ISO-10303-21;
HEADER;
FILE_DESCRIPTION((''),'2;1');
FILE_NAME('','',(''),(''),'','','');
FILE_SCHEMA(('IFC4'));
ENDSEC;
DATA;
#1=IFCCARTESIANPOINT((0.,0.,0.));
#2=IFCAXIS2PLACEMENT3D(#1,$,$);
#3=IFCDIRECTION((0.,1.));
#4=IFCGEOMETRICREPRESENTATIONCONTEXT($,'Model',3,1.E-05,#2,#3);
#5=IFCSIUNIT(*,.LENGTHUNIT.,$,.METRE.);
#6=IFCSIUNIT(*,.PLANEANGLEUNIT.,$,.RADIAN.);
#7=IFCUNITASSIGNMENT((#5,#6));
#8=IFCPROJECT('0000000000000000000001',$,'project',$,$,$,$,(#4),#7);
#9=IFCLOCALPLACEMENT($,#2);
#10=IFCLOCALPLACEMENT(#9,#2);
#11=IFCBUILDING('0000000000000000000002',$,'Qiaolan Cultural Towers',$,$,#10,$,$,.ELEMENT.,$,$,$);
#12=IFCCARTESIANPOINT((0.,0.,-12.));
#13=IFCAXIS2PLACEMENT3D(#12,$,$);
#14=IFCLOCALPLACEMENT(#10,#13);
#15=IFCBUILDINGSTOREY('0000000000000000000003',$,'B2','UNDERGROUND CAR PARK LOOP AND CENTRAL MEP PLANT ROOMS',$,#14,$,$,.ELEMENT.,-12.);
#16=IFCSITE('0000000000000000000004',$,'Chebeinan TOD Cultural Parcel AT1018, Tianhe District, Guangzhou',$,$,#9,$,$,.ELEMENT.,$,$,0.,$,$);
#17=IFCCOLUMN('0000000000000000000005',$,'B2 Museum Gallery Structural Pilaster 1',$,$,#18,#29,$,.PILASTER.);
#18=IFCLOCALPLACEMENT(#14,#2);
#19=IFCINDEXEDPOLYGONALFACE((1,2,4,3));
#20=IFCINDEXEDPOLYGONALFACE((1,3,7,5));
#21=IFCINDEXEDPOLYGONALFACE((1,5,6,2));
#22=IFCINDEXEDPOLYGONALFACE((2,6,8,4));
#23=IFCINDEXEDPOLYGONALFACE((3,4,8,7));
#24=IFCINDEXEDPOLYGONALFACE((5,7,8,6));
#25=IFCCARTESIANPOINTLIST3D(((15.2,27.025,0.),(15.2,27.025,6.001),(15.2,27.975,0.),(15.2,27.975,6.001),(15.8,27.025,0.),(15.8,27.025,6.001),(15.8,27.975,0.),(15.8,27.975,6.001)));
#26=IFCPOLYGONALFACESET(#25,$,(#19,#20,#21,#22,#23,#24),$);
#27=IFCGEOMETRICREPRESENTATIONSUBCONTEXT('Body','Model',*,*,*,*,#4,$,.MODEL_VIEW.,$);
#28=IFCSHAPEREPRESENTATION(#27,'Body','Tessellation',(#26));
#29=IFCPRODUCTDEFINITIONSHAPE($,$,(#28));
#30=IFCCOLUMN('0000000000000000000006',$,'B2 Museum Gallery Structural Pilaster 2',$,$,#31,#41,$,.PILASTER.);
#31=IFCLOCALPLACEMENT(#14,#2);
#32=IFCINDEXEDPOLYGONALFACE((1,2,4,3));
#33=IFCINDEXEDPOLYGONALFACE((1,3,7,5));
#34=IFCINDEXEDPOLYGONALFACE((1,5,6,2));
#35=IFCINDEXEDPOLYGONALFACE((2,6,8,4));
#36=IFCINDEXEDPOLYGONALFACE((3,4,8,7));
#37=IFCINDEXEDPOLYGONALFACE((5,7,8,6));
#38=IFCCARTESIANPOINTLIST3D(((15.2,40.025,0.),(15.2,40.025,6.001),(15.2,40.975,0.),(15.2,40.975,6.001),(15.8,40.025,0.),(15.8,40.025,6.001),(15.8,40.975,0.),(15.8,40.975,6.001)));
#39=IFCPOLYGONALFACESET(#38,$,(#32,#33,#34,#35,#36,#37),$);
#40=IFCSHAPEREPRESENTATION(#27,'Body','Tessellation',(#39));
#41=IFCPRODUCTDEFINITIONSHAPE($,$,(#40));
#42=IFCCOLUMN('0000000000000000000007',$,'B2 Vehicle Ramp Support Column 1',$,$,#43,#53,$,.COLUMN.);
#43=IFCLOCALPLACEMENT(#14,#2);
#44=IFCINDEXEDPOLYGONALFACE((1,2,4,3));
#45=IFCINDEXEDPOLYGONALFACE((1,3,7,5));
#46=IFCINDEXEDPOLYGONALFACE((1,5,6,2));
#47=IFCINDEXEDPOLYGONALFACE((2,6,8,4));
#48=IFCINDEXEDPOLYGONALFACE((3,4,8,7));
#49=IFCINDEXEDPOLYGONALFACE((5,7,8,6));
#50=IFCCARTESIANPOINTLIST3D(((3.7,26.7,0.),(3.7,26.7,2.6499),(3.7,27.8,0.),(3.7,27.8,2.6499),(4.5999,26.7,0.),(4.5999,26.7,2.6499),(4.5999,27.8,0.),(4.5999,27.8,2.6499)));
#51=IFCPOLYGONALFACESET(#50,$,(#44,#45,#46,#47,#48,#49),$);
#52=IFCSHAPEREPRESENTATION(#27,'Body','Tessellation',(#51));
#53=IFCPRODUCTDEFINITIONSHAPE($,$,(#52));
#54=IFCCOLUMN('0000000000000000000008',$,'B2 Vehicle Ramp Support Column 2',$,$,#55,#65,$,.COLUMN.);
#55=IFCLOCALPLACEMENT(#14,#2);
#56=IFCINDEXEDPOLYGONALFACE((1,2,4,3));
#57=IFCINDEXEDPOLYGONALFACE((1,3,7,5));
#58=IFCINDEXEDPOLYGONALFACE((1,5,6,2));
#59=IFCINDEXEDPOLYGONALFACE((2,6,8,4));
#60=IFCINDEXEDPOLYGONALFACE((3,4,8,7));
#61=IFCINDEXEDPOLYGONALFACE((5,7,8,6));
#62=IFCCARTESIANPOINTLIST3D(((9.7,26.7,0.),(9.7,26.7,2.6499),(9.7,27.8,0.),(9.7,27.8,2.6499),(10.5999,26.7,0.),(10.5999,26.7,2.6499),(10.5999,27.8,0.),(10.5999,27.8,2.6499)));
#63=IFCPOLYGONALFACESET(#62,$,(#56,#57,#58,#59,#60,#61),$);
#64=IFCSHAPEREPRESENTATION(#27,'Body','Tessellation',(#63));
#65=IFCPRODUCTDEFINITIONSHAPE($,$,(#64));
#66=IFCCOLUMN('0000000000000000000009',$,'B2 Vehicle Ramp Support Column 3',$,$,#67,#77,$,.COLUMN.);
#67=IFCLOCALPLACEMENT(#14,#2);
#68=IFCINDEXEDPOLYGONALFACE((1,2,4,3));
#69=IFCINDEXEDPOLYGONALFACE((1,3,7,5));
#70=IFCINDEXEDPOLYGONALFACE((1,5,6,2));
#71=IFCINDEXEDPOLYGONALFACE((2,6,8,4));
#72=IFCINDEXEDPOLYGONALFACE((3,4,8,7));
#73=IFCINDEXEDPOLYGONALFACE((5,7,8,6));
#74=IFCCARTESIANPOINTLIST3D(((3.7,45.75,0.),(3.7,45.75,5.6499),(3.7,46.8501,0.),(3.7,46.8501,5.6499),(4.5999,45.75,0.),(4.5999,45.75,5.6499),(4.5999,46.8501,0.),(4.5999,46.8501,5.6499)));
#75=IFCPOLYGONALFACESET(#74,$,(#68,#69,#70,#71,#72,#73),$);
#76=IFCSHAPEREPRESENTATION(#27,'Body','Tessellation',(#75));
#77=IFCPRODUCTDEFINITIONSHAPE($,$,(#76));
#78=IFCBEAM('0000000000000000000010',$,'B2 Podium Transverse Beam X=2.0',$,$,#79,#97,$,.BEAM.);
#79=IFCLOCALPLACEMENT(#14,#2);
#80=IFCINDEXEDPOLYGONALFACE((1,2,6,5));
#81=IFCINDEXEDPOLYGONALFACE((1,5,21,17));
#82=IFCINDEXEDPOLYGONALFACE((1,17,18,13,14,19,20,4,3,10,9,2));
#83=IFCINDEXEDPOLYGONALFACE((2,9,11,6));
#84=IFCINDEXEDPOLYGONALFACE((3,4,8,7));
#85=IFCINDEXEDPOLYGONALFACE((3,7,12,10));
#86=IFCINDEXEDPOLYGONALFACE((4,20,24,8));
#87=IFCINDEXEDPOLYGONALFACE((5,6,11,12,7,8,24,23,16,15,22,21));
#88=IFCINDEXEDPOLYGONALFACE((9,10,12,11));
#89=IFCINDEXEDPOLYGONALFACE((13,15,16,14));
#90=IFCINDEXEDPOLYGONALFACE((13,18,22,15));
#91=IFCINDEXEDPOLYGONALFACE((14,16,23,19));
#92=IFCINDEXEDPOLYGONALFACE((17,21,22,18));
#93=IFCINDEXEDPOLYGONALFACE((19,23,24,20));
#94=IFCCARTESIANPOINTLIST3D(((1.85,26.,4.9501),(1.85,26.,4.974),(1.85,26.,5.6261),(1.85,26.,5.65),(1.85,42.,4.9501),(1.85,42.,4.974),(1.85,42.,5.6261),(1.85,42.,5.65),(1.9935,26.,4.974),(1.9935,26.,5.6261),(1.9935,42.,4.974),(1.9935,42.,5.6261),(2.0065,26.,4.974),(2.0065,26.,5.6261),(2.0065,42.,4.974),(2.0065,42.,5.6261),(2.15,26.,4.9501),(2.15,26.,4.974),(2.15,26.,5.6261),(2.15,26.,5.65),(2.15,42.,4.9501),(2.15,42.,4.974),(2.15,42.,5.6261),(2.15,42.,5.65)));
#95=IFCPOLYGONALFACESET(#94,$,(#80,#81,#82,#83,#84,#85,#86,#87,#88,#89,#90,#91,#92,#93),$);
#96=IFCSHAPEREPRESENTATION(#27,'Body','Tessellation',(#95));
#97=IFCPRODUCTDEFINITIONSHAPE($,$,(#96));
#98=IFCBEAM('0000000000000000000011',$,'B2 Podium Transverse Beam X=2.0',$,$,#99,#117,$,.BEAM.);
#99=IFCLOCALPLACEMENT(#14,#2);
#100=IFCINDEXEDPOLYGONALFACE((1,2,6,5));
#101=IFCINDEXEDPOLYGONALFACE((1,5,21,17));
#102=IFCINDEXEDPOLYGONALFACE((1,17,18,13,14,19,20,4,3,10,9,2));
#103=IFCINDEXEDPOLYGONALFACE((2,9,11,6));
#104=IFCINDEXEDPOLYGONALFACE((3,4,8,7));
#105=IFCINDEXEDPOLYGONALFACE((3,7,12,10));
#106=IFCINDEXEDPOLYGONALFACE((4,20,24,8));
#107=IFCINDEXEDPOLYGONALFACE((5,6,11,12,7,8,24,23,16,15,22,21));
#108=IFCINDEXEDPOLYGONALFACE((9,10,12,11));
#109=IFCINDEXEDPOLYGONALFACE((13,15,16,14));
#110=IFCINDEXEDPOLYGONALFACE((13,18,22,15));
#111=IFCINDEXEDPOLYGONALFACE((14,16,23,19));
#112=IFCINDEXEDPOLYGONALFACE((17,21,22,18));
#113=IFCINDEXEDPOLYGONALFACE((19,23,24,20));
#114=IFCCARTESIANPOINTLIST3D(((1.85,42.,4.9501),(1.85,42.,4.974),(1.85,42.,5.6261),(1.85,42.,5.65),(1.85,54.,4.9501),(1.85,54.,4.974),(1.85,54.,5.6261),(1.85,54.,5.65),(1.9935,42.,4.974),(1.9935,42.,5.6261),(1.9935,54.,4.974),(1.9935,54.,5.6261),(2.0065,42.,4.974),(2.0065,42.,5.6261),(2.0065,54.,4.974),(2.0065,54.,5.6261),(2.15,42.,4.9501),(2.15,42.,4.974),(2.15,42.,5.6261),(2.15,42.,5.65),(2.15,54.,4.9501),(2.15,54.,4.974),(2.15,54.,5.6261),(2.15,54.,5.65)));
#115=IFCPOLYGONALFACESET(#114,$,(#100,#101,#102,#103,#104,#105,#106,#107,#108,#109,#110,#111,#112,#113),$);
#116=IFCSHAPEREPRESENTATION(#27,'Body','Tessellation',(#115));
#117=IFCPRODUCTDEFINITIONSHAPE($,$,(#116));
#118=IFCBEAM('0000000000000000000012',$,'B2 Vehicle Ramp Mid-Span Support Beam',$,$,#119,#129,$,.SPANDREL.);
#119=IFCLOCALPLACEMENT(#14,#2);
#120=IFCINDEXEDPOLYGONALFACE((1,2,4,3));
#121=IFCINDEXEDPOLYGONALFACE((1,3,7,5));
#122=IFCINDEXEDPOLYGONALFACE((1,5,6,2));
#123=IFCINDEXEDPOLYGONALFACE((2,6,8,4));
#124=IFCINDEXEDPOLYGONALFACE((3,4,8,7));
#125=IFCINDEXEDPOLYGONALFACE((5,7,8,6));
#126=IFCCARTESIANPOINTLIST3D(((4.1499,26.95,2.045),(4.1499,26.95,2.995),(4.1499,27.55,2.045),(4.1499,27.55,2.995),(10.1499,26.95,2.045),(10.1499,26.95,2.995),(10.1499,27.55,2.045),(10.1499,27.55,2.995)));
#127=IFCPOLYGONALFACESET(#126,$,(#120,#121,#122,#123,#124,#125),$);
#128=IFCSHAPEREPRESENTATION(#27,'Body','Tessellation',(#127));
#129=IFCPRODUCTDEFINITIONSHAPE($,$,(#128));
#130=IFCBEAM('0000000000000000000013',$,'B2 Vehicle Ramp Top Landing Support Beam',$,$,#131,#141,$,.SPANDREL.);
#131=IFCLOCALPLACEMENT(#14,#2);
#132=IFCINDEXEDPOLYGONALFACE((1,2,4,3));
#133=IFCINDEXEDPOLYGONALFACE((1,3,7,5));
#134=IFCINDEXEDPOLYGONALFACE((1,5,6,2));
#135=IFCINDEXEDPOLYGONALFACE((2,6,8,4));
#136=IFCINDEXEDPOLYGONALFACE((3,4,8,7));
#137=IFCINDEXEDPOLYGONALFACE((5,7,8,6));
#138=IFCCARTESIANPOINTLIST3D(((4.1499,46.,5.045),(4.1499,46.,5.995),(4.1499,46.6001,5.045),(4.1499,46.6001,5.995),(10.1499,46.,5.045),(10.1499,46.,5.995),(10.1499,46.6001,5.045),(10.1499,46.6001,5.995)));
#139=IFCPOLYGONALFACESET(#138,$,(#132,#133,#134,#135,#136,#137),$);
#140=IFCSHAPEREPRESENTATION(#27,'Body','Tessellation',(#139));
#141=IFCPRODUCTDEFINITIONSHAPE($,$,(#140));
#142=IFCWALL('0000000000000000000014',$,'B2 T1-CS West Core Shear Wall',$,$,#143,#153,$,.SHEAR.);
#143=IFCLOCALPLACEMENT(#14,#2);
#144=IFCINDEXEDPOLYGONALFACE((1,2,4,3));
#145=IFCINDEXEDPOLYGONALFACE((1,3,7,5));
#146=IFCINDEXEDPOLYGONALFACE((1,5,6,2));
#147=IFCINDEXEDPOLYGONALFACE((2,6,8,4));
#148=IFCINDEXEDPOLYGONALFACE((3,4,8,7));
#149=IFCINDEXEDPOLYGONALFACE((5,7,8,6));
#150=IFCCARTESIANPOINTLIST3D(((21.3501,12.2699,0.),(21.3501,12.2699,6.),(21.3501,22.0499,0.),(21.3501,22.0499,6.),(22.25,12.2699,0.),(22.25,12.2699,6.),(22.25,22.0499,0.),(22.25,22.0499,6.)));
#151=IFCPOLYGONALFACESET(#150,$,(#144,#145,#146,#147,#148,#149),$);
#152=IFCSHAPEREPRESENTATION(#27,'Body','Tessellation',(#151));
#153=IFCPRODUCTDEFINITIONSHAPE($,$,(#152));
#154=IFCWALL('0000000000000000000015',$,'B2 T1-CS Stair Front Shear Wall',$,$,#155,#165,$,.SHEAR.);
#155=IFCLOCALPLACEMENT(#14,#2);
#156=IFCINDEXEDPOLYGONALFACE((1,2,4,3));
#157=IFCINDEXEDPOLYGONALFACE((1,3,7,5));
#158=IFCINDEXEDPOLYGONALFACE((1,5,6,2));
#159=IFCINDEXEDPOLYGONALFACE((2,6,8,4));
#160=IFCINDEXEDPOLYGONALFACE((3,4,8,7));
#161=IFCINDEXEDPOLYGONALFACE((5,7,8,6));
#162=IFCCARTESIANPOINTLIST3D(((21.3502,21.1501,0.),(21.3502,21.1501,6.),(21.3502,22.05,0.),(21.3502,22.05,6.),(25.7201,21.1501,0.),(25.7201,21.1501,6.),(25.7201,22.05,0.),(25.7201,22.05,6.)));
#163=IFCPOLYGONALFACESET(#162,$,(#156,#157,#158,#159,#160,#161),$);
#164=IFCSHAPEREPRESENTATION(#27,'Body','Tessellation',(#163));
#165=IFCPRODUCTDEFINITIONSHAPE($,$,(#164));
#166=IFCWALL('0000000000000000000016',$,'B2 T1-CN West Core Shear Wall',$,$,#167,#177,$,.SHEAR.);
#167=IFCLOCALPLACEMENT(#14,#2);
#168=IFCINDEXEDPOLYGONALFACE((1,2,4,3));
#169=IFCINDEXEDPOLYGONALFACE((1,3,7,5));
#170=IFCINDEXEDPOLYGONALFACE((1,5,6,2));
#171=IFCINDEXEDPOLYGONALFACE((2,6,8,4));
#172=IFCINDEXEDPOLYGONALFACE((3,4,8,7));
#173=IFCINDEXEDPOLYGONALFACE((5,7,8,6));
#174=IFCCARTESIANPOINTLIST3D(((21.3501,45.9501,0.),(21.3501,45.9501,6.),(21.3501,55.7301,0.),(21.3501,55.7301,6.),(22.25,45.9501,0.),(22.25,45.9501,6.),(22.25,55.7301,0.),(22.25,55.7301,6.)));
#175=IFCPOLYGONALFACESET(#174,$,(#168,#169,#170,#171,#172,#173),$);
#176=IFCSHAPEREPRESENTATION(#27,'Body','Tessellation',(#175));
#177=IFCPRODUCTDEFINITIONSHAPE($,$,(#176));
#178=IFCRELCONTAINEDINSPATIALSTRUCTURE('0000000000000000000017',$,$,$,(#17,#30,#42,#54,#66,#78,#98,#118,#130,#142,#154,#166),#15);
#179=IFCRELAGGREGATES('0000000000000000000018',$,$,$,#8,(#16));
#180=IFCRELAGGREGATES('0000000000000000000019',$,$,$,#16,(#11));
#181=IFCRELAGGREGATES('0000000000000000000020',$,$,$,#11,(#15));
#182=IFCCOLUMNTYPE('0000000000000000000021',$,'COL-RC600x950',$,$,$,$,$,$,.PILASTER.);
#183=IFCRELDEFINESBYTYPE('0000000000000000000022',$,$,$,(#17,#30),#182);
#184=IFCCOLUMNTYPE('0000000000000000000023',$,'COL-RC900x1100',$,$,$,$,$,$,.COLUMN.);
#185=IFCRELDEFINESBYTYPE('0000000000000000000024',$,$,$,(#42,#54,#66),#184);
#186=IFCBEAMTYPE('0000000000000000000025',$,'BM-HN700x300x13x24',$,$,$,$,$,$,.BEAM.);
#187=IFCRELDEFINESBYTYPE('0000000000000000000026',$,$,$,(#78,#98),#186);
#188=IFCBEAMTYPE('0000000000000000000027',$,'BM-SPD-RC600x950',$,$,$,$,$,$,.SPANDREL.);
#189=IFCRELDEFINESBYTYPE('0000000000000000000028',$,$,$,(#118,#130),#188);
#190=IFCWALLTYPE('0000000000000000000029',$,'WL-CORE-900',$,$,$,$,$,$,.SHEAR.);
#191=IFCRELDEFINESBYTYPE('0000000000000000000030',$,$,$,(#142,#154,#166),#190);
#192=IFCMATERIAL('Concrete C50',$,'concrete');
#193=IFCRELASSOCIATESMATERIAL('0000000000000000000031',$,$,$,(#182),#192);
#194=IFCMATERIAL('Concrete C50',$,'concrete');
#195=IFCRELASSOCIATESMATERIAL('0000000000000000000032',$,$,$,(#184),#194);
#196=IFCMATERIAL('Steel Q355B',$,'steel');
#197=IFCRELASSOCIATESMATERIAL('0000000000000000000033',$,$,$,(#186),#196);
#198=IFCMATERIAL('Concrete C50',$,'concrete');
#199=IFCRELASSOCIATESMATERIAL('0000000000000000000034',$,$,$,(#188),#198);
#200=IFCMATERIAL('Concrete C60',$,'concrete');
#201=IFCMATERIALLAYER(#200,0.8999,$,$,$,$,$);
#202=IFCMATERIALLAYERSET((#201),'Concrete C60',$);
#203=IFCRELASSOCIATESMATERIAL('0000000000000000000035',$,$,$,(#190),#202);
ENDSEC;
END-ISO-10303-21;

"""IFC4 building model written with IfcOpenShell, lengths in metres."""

from ifc_helpers import new_model, si_unit, direction, frame, frame_2d, origin, origin_2d, place, context, subcontext, project, spatial, rectangle, i_section, extrude, material, layer, layer_set, material_profile, profile_set, type_object, element, save


model = new_model("IFC4")

# Units and contexts
model_context = context("Model", 3, precision=1e-05, world=origin(), true_north=direction((0.0, 1.0)))
body_context = subcontext(model_context, "Body", "Model", "MODEL_VIEW")
ifc_project = project(units=[si_unit("LENGTHUNIT", "METRE"), si_unit("PLANEANGLEUNIT", "RADIAN")], contexts=[model_context])

# Site, building, storey
site_placement = place(None, origin())
site = spatial("IfcSite", under=ifc_project, at=site_placement, Name="Chebeinan TOD Cultural Parcel AT1018, Tianhe District, Guangzhou", CompositionType="ELEMENT", RefElevation=0.0)
building_placement = place(site_placement, origin())
building = spatial("IfcBuilding", under=site, at=building_placement, Name="Qiaolan Cultural Towers", CompositionType="ELEMENT")
storey_placement = place(building_placement, frame((0.0, 0.0, -12.0)))
storey = spatial("IfcBuildingStorey", under=building, at=storey_placement, Name="B2", Description="UNDERGROUND CAR PARK LOOP AND CENTRAL MEP PLANT ROOMS", CompositionType="ELEMENT", Elevation=-12.0)

# Columns
ifc_material_1 = material(Name="Concrete C50", Category="concrete")
ifc_material_profile_1 = material_profile(ifc_material_1, rectangle(XDim=0.6001, YDim=0.95, at=origin_2d()), Name="RC600x950")
ifc_profile_set_1 = profile_set([ifc_material_profile_1], Name="Concrete C50")
column_type_1 = type_object("IfcColumnType", Name="COL-RC600x950", PredefinedType="PILASTER", material=ifc_profile_set_1)
for number, where, z_axis, x_axis, name in (
    (1, (15.5, 27.5, 0.0), (0.0, 0.0, 1.0), (1.0, 0.0, 0.0), "B2 Museum Gallery Structural Pilaster 1"),
    (2, (15.5, 40.5, 0.0), (0.0, 0.0, 1.0), (1.0, 0.0, 0.0), "B2 Museum Gallery Structural Pilaster 2"),
):
    element("IfcColumn", number, at=place(storey_placement, frame(where, z_axis=z_axis, x_axis=x_axis)), inside=storey, type_object=column_type_1, Name=name, PredefinedType="PILASTER", context=body_context, shape_type="SweptSolid", body=[
        extrude(rectangle(XDim=0.6001, YDim=0.95, at=origin_2d()), origin(), (0.0, 0.0, 1.0), 6.001),
    ])
ifc_material_2 = material(Name="Concrete C50", Category="concrete")
ifc_material_profile_2 = material_profile(ifc_material_2, rectangle(XDim=0.8999, YDim=1.1001, at=origin_2d()), Name="RC900x1100")
ifc_profile_set_2 = profile_set([ifc_material_profile_2], Name="Concrete C50")
column_type_2 = type_object("IfcColumnType", Name="COL-RC900x1100", PredefinedType="COLUMN", material=ifc_profile_set_2)
for number, where, z_axis, x_axis, name in (
    (3, (4.1499, 27.25, 0.0), (0.0, 0.0, 1.0), (1.0, 0.0, 0.0), "B2 Vehicle Ramp Support Column 1"),
    (4, (10.1499, 27.25, 0.0), (0.0, 0.0, 1.0), (1.0, 0.0, 0.0), "B2 Vehicle Ramp Support Column 2"),
):
    element("IfcColumn", number, at=place(storey_placement, frame(where, z_axis=z_axis, x_axis=x_axis)), inside=storey, type_object=column_type_2, Name=name, PredefinedType="COLUMN", context=body_context, shape_type="SweptSolid", body=[
        extrude(rectangle(XDim=0.8999, YDim=1.1001, at=origin_2d()), origin(), (0.0, 0.0, 1.0), 2.6499),
    ])
column_placement = place(storey_placement, frame((4.1499, 46.3, 0.0), z_axis=(0.0, 0.0, 1.0), x_axis=(1.0, 0.0, 0.0)))
element("IfcColumn", 5, at=column_placement, inside=storey, type_object=column_type_2, Name="B2 Vehicle Ramp Support Column 3", PredefinedType="COLUMN", context=body_context, shape_type="SweptSolid", body=[
    extrude(rectangle(XDim=0.8999, YDim=1.1001, at=origin_2d()), origin(), (0.0, 0.0, 1.0), 5.6499),
])

# Beams
ifc_material_3 = material(Name="Steel Q355B", Category="steel")
ifc_material_profile_3 = material_profile(ifc_material_3, i_section(OverallWidth=0.3, OverallDepth=0.7, WebThickness=0.0129, FlangeThickness=0.0239, at=origin_2d()), Name="HN700x300x13x24")
ifc_profile_set_3 = profile_set([ifc_material_profile_3], Name="Steel Q355B")
beam_type_1 = type_object("IfcBeamType", Name="BM-HN700x300x13x24", PredefinedType="BEAM", material=ifc_profile_set_3)
beam_1_placement = place(storey_placement, frame((2.0, 26.0, 5.3), z_axis=(0.0, 1.0, 0.0), x_axis=(-1.0, 0.0, 0.0)))
element("IfcBeam", 6, at=beam_1_placement, inside=storey, type_object=beam_type_1, Name="B2 Podium Transverse Beam X=2.0", PredefinedType="BEAM", context=body_context, shape_type="SweptSolid", body=[
    extrude(i_section(OverallWidth=0.3, OverallDepth=0.7, WebThickness=0.0129, FlangeThickness=0.0239, at=origin_2d()), origin(), (0.0, 0.0, 1.0), 16.0),
])
beam_2_placement = place(storey_placement, frame((2.0, 42.0, 5.3), z_axis=(0.0, 1.0, 0.0), x_axis=(-1.0, 0.0, 0.0)))
element("IfcBeam", 7, at=beam_2_placement, inside=storey, type_object=beam_type_1, Name="B2 Podium Transverse Beam X=2.0", PredefinedType="BEAM", context=body_context, shape_type="SweptSolid", body=[
    extrude(i_section(OverallWidth=0.3, OverallDepth=0.7, WebThickness=0.0129, FlangeThickness=0.0239, at=origin_2d()), origin(), (0.0, 0.0, 1.0), 12.0),
])
ifc_material_4 = material(Name="Concrete C50", Category="concrete")
ifc_material_profile_4 = material_profile(ifc_material_4, rectangle(XDim=0.6001, YDim=0.95, at=origin_2d()), Name="RC600x950")
ifc_profile_set_4 = profile_set([ifc_material_profile_4], Name="Concrete C50")
beam_type_2 = type_object("IfcBeamType", Name="BM-SPD-RC600x950", PredefinedType="SPANDREL", material=ifc_profile_set_4)
for number, where, z_axis, x_axis, name in (
    (8, (4.1499, 27.25, 2.52), (1.0, 0.0, 0.0), (0.0, 1.0, 0.0), "B2 Vehicle Ramp Mid-Span Support Beam"),
    (9, (4.1499, 46.3, 5.52), (1.0, 0.0, 0.0), (0.0, 1.0, 0.0), "B2 Vehicle Ramp Top Landing Support Beam"),
):
    element("IfcBeam", number, at=place(storey_placement, frame(where, z_axis=z_axis, x_axis=x_axis)), inside=storey, type_object=beam_type_2, Name=name, PredefinedType="SPANDREL", context=body_context, shape_type="SweptSolid", body=[
        extrude(rectangle(XDim=0.6001, YDim=0.95, at=origin_2d()), origin(), (0.0, 0.0, 1.0), 6.0),
    ])

# Walls
ifc_material_5 = material(Name="Concrete C60", Category="concrete")
ifc_layer = layer(ifc_material_5, 0.8999)
ifc_layer_set = layer_set([ifc_layer], Name="Concrete C60")
wall_type = type_object("IfcWallType", Name="WL-CORE-900", PredefinedType="SHEAR", material=ifc_layer_set)
wall_1_placement = place(storey_placement, frame((21.8, 22.05, 0.0), z_axis=(0.0, 0.0, 1.0), x_axis=(0.0, -1.0, 0.0)))
element("IfcWall", 10, at=wall_1_placement, inside=storey, type_object=wall_type, Name="B2 T1-CS West Core Shear Wall", PredefinedType="SHEAR", context=body_context, shape_type="SweptSolid", body=[
    extrude(rectangle(XDim=9.78, YDim=0.8999, at=frame_2d((4.8901, 0.0))), origin(), (0.0, 0.0, 1.0), 6.0),
])
wall_2_placement = place(storey_placement, frame((21.3501, 21.6001, 0.0), z_axis=(0.0, 0.0, 1.0), x_axis=(1.0, 0.0, 0.0)))
element("IfcWall", 11, at=wall_2_placement, inside=storey, type_object=wall_type, Name="B2 T1-CS Stair Front Shear Wall", PredefinedType="SHEAR", context=body_context, shape_type="SweptSolid", body=[
    extrude(rectangle(XDim=4.3699, YDim=0.8999, at=frame_2d((2.1851, 0.0))), origin(), (0.0, 0.0, 1.0), 6.0),
])
wall_3_placement = place(storey_placement, frame((21.8, 45.95, 0.0), z_axis=(0.0, 0.0, 1.0), x_axis=(0.0, 1.0, 0.0)))
element("IfcWall", 12, at=wall_3_placement, inside=storey, type_object=wall_type, Name="B2 T1-CN West Core Shear Wall", PredefinedType="SHEAR", context=body_context, shape_type="SweptSolid", body=[
    extrude(rectangle(XDim=9.78, YDim=0.8999, at=frame_2d((4.8901, 0.0))), origin(), (0.0, 0.0, 1.0), 6.0),
])

save(model, "model.ifc")
